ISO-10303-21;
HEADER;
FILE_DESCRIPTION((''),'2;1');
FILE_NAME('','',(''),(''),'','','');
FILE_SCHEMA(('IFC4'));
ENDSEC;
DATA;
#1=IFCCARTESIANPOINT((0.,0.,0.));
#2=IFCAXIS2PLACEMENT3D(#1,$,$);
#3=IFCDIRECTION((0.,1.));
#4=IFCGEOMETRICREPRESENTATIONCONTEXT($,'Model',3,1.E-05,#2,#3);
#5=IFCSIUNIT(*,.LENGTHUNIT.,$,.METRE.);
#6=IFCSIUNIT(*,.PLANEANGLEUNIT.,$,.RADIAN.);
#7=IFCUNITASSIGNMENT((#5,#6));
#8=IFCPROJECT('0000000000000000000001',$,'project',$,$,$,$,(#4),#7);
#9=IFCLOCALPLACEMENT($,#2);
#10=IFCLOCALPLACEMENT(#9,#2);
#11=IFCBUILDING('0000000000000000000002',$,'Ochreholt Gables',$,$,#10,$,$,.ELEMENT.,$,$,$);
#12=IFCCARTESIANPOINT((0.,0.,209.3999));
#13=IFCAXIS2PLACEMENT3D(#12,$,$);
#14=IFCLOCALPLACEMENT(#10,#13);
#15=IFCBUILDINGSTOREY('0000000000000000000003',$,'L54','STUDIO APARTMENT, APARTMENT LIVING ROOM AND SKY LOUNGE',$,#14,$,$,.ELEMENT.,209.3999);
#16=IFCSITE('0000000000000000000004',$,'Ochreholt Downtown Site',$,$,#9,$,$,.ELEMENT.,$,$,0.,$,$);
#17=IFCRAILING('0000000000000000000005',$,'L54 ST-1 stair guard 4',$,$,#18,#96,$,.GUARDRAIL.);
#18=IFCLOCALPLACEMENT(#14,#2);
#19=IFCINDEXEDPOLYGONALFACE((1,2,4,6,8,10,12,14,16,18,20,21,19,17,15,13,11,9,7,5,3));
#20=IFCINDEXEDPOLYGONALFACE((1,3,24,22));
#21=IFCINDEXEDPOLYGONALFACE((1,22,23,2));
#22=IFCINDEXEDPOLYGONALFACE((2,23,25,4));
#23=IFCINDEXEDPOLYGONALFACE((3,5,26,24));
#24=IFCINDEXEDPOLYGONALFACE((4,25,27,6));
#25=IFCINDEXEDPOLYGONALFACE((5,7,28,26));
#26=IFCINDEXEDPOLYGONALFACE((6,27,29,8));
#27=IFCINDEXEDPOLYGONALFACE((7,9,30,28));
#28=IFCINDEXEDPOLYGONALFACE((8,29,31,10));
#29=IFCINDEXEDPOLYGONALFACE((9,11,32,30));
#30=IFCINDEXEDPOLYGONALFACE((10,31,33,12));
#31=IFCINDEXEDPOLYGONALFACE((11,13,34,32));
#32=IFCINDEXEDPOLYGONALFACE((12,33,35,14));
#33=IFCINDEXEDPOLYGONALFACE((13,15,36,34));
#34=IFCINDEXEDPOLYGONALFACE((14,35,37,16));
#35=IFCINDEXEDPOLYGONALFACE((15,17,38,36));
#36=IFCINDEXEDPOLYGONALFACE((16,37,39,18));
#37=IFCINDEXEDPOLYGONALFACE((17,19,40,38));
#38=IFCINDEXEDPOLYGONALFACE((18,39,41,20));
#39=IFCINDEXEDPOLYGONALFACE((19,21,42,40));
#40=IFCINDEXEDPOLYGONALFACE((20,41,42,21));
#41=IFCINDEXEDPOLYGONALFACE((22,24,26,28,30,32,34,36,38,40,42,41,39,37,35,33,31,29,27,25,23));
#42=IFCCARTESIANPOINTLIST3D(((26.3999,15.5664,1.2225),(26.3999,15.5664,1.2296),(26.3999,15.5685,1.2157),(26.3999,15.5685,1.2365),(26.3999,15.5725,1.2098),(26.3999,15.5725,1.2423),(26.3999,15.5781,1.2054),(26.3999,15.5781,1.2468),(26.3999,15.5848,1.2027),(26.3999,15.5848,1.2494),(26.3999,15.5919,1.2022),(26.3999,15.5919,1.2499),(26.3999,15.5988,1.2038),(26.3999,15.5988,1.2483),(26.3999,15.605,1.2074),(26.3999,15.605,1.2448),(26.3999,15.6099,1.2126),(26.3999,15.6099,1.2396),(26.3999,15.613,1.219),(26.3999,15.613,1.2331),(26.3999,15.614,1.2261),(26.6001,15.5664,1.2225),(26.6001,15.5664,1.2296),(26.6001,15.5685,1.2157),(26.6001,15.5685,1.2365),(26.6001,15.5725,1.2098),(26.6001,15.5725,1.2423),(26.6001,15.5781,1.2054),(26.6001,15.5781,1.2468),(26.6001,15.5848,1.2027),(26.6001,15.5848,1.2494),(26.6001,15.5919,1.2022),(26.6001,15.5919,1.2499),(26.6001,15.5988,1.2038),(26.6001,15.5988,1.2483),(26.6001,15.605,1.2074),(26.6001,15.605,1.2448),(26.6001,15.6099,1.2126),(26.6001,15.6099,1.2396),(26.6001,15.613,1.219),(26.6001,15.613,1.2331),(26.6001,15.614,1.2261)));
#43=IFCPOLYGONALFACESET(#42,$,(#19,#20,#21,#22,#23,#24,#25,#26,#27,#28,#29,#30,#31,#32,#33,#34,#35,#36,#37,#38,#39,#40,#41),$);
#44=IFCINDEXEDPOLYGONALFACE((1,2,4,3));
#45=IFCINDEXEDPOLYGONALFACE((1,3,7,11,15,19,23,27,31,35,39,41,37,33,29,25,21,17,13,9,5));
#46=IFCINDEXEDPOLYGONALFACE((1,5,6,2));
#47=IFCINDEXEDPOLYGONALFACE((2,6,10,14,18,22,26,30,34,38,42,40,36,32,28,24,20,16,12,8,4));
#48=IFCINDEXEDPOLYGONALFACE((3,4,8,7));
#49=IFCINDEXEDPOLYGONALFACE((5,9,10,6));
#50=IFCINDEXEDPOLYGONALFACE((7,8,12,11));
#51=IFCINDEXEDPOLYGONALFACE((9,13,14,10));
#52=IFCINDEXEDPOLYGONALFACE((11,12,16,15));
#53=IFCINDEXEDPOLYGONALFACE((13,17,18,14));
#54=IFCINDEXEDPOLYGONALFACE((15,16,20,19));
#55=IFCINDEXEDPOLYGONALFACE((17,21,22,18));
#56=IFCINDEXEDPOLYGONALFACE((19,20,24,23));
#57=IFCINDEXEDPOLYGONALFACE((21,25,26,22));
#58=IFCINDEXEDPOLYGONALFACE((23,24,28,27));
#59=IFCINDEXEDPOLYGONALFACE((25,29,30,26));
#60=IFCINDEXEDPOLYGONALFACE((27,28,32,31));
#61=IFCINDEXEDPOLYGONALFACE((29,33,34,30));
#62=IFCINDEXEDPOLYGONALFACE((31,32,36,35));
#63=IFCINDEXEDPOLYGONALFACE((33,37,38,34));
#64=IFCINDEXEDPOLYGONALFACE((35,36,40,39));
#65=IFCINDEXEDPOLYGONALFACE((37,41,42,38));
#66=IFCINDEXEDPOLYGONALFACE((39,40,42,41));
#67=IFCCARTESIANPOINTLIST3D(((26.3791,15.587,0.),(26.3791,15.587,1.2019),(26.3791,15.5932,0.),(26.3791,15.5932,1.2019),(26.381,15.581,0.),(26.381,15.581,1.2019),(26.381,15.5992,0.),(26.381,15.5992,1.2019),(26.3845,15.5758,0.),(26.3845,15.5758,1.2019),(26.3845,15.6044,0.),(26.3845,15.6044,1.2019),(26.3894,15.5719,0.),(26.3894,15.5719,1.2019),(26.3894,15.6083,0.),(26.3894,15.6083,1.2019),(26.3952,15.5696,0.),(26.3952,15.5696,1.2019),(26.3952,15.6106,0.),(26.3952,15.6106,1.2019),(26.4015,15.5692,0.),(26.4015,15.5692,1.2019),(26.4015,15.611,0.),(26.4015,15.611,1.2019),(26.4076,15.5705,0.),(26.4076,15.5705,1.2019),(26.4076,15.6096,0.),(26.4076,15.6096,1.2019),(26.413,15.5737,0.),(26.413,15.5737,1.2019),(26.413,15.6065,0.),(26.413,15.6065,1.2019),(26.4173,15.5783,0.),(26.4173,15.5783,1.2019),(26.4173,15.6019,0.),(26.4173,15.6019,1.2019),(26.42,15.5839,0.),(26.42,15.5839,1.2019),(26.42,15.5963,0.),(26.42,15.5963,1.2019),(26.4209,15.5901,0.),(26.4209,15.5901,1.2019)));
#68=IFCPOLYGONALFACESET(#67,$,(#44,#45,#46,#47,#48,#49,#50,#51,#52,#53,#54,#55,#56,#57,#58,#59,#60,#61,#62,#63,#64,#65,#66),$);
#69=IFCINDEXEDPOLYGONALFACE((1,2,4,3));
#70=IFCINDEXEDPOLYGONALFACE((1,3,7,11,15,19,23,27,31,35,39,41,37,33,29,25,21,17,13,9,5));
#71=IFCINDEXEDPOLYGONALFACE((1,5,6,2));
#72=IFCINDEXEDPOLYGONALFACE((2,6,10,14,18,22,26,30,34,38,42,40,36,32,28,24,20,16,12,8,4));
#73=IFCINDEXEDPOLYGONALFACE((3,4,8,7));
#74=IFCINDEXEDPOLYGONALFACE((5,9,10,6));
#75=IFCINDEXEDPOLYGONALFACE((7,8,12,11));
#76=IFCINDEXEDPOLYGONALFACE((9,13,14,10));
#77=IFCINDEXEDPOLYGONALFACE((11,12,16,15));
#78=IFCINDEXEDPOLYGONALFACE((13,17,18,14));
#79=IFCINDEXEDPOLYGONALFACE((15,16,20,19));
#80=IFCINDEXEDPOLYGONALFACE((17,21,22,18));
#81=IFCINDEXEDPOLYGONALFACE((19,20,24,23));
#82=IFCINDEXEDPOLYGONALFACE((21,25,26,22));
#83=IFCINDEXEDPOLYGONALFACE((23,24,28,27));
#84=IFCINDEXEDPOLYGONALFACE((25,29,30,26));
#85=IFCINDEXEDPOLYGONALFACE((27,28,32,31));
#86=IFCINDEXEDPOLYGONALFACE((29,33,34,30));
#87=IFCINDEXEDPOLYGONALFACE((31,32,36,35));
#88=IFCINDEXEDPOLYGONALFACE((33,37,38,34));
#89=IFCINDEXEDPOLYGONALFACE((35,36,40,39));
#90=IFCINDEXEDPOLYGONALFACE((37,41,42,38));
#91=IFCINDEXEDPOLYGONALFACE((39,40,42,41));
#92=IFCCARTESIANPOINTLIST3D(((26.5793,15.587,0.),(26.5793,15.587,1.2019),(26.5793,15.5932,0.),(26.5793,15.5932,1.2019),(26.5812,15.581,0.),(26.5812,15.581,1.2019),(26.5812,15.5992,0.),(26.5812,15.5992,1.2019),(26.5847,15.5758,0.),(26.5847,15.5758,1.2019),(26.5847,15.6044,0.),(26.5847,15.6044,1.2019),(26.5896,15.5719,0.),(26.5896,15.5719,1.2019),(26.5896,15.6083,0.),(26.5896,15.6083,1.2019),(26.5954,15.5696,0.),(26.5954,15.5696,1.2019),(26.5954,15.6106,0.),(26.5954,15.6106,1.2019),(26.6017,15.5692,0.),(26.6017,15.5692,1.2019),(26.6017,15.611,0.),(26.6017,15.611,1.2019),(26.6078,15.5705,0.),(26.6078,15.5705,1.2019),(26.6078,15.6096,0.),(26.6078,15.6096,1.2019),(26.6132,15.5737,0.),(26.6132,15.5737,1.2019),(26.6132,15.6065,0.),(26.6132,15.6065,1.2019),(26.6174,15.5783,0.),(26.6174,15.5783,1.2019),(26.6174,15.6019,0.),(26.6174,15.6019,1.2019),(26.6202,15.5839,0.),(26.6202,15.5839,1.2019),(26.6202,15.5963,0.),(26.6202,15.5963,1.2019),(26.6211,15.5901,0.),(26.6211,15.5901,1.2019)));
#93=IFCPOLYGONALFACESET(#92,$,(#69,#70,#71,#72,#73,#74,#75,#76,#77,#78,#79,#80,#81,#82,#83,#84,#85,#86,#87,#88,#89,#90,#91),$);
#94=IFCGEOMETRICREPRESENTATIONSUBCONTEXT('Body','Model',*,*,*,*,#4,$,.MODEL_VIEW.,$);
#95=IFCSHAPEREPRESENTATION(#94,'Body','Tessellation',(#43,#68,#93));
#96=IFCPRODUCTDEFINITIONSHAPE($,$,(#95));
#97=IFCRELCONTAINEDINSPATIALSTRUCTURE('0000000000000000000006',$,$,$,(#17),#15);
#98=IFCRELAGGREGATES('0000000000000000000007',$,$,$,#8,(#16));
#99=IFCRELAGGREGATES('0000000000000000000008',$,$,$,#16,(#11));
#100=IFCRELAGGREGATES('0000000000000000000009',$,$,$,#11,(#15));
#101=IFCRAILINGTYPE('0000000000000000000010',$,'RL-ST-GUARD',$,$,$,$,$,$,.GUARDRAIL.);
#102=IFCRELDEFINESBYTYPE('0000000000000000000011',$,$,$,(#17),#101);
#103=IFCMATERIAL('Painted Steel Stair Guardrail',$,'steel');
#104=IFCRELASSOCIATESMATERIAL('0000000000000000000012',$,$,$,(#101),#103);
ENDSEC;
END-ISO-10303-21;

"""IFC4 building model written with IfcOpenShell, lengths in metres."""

from ifc_helpers import new_model, si_unit, direction, frame, origin, origin_2d, place, context, subcontext, project, spatial, circle, extrude, material, type_object, element, save


model = new_model("IFC4")

# Units and contexts
model_context = context("Model", 3, precision=1e-05, world=origin(), true_north=direction((0.0, 1.0)))
body_context = subcontext(model_context, "Body", "Model", "MODEL_VIEW")
ifc_project = project(units=[si_unit("LENGTHUNIT", "METRE"), si_unit("PLANEANGLEUNIT", "RADIAN")], contexts=[model_context])

# Site, building, storey
site_placement = place(None, origin())
site = spatial("IfcSite", under=ifc_project, at=site_placement, Name="Ochreholt Downtown Site", CompositionType="ELEMENT", RefElevation=0.0)
building_placement = place(site_placement, origin())
building = spatial("IfcBuilding", under=site, at=building_placement, Name="Ochreholt Gables", CompositionType="ELEMENT")
storey_placement = place(building_placement, frame((0.0, 0.0, 209.3999)))
storey = spatial("IfcBuildingStorey", under=building, at=storey_placement, Name="L54", Description="STUDIO APARTMENT, APARTMENT LIVING ROOM AND SKY LOUNGE", CompositionType="ELEMENT", Elevation=209.3999)

# Railing
ifc_material_1 = material(Name="Painted Steel Stair Guardrail", Category="steel")
railing_type_1 = type_object("IfcRailingType", Name="RL-ST-GUARD", PredefinedType="GUARDRAIL", material=ifc_material_1)
railing_1_placement = place(storey_placement, frame((26.3999, 15.5901, 0.0)))
element("IfcRailing", 1, at=railing_1_placement, inside=storey, type_object=railing_type_1, Name="L54 ST-1 stair guard 4", PredefinedType="GUARDRAIL", context=body_context, shape_type="SweptSolid", body=[
    extrude(circle(Radius=0.0239, at=origin_2d()), frame((0.0, 0.0, 1.2261), z_axis=(1.0, 0.0, 0.0), x_axis=(0.0, 1.0, 0.0)), (0.0, 0.0, 1.0), 0.2002),
    extrude(circle(Radius=0.021, at=origin_2d()), origin(), (0.0, 0.0, 1.0), 1.2019),
    extrude(circle(Radius=0.021, at=origin_2d()), frame((0.2002, 0.0, 0.0)), (0.0, 0.0, 1.0), 1.2019),
])

save(model, "model.ifc")
